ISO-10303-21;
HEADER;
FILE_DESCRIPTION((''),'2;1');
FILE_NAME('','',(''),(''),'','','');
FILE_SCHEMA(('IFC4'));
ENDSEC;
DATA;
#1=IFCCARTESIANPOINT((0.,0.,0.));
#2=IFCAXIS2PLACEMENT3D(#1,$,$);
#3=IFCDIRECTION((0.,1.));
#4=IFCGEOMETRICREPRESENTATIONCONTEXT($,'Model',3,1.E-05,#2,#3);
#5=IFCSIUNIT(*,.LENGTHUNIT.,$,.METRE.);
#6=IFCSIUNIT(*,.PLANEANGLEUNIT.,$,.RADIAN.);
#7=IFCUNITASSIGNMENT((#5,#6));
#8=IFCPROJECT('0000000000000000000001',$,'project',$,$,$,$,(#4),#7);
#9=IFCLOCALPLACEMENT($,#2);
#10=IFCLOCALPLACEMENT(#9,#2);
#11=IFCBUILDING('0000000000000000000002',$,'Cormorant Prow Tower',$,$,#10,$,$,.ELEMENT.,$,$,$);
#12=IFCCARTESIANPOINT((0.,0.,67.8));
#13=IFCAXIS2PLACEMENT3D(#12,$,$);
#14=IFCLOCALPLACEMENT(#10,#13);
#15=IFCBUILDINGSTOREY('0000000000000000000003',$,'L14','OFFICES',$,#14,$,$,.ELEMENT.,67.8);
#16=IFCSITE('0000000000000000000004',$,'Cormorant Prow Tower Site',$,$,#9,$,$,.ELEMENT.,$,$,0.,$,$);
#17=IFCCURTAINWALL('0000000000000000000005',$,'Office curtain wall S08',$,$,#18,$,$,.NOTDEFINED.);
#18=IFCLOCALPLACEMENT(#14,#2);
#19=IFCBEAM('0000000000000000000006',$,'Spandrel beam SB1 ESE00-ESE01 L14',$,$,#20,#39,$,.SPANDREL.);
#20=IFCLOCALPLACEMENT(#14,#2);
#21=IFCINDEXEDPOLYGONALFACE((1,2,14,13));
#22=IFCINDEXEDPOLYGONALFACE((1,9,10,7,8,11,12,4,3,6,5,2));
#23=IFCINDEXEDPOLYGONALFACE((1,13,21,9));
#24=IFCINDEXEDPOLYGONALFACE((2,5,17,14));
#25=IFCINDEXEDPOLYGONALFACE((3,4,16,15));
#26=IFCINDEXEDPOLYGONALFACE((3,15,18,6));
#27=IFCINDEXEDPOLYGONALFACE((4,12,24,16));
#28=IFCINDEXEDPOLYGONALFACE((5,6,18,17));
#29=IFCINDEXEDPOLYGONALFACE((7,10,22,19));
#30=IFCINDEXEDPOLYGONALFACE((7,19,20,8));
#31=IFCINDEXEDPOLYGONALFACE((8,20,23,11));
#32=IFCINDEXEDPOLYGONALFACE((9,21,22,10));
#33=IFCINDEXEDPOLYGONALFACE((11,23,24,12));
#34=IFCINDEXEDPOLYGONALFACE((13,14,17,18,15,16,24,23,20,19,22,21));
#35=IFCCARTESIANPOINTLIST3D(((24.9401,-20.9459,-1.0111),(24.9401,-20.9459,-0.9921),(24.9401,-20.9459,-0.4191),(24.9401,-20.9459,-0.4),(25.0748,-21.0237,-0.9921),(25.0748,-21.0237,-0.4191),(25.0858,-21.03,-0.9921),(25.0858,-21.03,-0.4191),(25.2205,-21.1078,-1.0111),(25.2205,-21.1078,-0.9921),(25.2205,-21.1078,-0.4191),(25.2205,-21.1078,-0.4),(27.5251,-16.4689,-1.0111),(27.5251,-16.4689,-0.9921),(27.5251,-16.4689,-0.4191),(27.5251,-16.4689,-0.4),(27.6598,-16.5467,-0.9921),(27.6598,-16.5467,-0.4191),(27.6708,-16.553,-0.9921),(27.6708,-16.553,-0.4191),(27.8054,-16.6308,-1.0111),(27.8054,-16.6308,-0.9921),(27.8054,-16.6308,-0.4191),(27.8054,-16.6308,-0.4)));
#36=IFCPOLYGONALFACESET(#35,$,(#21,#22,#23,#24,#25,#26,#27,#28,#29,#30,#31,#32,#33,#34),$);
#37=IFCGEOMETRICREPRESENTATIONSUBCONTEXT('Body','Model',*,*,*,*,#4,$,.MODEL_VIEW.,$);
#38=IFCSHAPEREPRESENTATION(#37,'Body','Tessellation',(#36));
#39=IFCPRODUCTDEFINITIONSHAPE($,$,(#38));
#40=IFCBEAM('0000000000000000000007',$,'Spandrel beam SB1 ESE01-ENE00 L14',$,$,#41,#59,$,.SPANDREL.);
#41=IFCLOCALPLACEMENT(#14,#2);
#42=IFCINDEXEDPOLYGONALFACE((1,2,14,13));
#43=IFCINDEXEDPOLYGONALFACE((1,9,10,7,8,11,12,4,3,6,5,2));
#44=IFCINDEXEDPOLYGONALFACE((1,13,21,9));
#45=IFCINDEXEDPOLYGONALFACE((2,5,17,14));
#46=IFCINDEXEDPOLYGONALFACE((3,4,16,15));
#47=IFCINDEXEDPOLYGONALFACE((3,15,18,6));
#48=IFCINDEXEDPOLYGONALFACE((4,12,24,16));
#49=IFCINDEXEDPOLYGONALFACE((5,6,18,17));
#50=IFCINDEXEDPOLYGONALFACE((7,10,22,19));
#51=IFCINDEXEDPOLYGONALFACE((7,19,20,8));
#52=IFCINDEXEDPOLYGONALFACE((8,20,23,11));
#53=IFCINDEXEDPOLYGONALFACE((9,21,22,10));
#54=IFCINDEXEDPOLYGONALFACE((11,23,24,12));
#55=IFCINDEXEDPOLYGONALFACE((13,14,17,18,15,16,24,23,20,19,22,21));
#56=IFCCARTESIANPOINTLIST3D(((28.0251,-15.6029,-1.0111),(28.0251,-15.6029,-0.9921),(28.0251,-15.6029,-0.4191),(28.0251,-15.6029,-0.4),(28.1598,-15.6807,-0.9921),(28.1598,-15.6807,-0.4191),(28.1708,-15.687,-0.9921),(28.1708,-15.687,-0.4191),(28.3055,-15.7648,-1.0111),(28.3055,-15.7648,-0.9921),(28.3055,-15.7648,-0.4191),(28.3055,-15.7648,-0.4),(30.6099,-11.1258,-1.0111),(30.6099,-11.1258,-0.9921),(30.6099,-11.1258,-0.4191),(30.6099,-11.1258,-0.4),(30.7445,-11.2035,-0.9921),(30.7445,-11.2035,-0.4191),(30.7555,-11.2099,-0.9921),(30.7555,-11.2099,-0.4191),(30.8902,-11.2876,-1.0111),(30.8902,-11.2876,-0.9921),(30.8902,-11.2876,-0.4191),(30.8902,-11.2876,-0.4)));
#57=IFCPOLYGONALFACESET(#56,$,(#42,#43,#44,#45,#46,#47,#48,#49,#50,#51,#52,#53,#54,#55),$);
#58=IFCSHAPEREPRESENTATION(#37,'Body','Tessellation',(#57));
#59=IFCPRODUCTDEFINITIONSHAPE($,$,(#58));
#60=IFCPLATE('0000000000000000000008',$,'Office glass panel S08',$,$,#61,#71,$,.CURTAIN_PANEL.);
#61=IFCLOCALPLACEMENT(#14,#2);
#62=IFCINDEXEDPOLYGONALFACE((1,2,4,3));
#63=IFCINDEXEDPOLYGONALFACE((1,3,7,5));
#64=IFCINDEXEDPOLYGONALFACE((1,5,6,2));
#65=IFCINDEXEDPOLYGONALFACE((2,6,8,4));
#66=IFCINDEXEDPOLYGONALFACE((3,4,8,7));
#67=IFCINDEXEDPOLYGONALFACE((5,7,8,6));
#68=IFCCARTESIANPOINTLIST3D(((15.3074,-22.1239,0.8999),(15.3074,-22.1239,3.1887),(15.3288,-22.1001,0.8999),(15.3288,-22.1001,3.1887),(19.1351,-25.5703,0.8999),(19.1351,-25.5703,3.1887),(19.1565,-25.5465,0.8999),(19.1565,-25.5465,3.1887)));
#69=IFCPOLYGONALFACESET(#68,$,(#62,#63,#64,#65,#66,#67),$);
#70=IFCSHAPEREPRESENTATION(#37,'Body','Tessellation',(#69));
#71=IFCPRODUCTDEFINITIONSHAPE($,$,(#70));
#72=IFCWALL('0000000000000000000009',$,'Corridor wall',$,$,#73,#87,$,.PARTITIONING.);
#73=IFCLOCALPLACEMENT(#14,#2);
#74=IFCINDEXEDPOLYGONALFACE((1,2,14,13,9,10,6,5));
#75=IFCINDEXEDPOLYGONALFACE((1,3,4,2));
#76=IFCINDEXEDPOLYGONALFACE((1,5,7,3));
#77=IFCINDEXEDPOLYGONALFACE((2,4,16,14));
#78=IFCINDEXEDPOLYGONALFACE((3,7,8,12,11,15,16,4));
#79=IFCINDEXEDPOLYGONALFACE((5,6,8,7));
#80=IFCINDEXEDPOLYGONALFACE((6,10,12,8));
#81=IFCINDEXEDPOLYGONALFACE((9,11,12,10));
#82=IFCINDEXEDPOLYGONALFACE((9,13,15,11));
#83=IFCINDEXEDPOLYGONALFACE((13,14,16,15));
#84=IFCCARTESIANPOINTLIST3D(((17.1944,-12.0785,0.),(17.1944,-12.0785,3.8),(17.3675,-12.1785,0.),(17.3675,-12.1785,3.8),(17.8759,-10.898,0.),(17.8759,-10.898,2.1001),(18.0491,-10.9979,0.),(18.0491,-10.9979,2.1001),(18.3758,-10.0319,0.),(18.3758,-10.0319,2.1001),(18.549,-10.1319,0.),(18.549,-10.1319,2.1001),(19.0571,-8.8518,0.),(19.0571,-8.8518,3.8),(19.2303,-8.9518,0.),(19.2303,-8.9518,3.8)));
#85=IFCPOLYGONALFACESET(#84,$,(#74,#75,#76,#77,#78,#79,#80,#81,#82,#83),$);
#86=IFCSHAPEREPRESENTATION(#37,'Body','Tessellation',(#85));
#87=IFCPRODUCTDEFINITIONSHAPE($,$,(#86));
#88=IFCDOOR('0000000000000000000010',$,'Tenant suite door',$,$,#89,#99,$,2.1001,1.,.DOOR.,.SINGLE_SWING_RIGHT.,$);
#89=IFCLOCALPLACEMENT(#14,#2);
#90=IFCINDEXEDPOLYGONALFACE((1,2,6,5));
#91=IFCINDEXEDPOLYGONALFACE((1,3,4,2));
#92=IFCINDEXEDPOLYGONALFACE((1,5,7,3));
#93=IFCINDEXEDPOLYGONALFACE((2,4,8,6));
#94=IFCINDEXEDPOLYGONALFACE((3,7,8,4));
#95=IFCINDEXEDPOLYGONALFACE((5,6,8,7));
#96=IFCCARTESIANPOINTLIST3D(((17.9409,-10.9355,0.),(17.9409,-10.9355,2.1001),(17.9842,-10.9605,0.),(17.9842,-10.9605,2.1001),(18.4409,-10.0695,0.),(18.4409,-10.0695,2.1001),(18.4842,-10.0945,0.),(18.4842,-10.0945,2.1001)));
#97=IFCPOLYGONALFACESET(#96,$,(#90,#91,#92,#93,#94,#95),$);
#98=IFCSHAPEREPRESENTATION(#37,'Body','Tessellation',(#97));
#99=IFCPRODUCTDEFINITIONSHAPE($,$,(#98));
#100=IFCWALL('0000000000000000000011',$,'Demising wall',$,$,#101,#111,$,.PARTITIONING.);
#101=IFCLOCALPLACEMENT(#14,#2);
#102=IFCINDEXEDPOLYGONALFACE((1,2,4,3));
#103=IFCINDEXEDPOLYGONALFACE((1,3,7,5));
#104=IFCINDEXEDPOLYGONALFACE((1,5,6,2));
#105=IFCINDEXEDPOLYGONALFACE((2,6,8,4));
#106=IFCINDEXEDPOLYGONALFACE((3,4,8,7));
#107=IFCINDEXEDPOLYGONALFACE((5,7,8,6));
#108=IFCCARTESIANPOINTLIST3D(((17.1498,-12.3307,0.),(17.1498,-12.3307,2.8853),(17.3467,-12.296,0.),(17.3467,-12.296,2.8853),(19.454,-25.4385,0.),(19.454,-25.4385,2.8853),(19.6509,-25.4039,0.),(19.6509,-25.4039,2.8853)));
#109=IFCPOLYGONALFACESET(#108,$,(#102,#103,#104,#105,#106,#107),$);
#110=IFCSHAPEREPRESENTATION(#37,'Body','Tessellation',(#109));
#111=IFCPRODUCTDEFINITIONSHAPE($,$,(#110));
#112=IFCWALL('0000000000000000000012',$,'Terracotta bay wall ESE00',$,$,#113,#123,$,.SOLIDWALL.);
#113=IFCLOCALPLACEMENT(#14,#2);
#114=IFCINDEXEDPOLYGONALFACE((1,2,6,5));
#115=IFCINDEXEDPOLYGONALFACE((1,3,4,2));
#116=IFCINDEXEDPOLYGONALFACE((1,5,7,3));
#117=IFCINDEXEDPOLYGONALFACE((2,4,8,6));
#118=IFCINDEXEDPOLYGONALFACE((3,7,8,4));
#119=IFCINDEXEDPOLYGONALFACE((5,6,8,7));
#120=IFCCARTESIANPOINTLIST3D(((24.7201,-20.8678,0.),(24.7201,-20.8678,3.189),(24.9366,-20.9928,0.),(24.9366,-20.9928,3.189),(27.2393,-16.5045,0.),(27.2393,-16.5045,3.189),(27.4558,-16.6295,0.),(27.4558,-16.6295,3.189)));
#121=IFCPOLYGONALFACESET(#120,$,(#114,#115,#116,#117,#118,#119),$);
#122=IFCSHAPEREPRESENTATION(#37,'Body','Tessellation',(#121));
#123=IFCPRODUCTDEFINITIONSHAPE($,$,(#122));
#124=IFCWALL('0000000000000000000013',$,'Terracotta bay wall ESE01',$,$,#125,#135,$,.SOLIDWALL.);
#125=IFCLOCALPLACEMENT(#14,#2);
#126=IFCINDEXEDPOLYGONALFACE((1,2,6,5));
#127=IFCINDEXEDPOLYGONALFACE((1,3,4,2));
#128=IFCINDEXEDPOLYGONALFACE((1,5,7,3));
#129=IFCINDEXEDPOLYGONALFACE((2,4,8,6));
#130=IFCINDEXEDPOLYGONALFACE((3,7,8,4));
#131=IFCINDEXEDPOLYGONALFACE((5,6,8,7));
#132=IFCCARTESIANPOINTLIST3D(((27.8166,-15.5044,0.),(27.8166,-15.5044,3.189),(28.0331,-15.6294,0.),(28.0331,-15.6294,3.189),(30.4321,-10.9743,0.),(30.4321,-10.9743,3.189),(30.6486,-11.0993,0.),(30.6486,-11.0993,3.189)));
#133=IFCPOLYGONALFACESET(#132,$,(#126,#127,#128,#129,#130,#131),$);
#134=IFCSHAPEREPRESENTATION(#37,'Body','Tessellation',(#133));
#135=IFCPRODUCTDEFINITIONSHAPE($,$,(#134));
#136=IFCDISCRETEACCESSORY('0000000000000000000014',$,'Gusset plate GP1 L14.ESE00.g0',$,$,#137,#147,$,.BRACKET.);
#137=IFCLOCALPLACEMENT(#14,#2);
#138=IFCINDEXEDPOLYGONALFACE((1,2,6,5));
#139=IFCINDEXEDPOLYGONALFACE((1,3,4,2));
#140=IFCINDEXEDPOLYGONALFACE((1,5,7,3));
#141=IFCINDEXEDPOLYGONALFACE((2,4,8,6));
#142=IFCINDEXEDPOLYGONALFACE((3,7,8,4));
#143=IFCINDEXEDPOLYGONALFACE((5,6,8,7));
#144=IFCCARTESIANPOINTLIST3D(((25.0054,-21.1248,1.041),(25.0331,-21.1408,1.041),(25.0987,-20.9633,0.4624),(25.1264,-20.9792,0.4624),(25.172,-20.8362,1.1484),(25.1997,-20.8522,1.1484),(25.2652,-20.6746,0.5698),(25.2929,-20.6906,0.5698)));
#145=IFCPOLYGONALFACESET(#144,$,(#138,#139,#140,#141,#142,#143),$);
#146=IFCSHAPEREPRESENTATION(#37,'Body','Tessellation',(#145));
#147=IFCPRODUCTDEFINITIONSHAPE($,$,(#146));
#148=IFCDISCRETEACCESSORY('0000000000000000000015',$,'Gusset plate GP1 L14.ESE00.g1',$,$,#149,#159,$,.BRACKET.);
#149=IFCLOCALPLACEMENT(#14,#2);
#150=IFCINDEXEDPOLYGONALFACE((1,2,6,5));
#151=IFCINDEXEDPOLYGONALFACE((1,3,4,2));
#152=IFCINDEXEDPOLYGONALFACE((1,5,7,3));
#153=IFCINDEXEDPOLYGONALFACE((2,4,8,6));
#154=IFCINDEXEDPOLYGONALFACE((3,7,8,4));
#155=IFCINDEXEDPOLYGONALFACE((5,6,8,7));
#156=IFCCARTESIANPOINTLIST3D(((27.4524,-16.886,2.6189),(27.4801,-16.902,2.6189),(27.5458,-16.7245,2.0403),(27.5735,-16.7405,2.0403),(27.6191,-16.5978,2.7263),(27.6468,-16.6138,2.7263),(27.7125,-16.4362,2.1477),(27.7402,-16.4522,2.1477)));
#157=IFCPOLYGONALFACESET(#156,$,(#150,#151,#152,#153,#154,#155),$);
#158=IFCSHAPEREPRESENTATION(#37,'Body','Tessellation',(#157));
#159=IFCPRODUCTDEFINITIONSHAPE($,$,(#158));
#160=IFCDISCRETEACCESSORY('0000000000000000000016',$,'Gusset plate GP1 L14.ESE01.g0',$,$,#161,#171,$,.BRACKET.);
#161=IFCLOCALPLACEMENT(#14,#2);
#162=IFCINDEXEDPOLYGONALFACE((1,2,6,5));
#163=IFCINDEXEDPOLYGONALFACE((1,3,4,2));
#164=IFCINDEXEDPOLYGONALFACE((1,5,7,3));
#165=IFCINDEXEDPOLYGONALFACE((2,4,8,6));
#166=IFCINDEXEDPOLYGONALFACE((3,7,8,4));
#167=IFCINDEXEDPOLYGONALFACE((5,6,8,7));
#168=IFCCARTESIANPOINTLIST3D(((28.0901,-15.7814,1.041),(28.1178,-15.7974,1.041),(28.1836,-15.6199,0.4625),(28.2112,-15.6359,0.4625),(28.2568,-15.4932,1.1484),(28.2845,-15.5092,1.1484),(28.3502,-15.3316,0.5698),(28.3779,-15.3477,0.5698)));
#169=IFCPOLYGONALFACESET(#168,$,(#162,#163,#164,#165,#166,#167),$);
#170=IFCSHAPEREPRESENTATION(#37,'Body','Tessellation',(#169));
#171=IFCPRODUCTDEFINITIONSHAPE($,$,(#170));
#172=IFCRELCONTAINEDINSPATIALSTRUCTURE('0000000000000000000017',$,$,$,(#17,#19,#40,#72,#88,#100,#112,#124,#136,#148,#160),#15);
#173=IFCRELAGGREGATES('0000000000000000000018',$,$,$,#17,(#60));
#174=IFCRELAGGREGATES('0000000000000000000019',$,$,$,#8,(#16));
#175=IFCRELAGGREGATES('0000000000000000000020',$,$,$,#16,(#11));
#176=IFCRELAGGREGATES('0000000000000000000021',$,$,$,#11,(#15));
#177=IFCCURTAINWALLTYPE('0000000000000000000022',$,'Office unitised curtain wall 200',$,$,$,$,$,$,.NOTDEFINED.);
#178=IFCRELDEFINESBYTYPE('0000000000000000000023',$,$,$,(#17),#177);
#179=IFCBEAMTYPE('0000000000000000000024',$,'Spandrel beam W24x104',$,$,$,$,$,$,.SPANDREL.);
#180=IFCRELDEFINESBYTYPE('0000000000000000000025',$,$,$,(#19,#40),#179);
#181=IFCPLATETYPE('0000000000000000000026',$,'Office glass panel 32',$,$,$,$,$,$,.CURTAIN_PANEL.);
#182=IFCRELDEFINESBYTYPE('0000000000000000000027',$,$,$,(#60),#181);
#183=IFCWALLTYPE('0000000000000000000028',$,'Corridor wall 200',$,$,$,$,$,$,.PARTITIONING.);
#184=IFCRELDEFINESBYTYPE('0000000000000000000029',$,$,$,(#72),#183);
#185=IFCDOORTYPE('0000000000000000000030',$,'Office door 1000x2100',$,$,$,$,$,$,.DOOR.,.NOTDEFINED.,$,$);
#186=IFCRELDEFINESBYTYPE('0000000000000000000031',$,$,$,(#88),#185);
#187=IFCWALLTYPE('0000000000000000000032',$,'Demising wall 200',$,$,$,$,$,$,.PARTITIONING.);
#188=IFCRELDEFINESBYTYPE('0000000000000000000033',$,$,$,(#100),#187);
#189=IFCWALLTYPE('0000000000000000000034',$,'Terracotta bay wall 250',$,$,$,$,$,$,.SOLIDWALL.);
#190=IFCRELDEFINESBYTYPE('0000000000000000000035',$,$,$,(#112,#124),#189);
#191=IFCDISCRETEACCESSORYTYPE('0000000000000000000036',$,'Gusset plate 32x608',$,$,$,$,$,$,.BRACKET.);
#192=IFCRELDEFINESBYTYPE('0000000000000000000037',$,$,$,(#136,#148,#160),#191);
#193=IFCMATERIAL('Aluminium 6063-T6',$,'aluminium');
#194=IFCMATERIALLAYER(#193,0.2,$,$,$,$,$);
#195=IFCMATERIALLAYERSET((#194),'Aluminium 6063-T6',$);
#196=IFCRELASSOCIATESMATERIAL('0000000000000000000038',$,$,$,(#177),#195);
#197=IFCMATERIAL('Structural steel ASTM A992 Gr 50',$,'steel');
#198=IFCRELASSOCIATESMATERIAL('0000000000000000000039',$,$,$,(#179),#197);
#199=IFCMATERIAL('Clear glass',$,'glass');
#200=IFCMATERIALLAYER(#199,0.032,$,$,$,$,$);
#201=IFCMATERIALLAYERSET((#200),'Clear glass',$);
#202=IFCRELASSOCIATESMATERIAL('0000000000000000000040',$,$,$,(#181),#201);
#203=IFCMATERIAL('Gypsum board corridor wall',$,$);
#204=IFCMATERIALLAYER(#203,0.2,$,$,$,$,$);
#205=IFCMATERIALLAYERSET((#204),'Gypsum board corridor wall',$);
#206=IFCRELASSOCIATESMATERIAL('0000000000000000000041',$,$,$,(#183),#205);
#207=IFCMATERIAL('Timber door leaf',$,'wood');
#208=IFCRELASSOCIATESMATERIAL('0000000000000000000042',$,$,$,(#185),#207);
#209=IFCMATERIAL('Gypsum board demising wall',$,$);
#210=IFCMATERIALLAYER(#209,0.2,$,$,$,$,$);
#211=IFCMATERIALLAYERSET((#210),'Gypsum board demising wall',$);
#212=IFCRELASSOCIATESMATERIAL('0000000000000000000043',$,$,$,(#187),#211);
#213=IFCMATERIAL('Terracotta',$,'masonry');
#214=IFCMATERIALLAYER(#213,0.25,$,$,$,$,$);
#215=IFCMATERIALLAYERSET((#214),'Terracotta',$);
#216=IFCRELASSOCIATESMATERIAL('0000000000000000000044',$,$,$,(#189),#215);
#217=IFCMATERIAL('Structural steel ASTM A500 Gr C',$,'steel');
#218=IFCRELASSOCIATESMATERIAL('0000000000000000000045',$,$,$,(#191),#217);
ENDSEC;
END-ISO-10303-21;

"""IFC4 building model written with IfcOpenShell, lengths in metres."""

from ifc_helpers import new_model, si_unit, direction, frame, frame_2d, origin, origin_2d, place, context, subcontext, project, spatial, rectangle, i_section, extrude, material, layer, layer_set, material_profile, profile_set, type_object, element, fill, aggregate, save


model = new_model("IFC4")

# Units and contexts
model_context = context("Model", 3, precision=1e-05, world=origin(), true_north=direction((0.0, 1.0)))
body_context = subcontext(model_context, "Body", "Model", "MODEL_VIEW")
ifc_project = project(units=[si_unit("LENGTHUNIT", "METRE"), si_unit("PLANEANGLEUNIT", "RADIAN")], contexts=[model_context])

# Site, building, storey
site_placement = place(None, origin())
site = spatial("IfcSite", under=ifc_project, at=site_placement, Name="Cormorant Prow Tower Site", CompositionType="ELEMENT", RefElevation=0.0)
building_placement = place(site_placement, origin())
building = spatial("IfcBuilding", under=site, at=building_placement, Name="Cormorant Prow Tower", CompositionType="ELEMENT")
storey_placement = place(building_placement, frame((0.0, 0.0, 67.8)))
storey = spatial("IfcBuildingStorey", under=building, at=storey_placement, Name="L14", Description="OFFICES", CompositionType="ELEMENT", Elevation=67.8)

# Curtain wall
ifc_material_1 = material(Name="Aluminium 6063-T6", Category="aluminium")
ifc_layer_1 = layer(ifc_material_1, 0.2)
ifc_layer_set_1 = layer_set([ifc_layer_1], Name="Aluminium 6063-T6")
curtain_wall_type = type_object("IfcCurtainWallType", Name="Office unitised curtain wall 200", PredefinedType="NOTDEFINED", material=ifc_layer_set_1)
curtain_wall_placement = place(storey_placement, origin())
curtain_wall = element("IfcCurtainWall", 1, at=curtain_wall_placement, inside=storey, type_object=curtain_wall_type, Name="Office curtain wall S08", PredefinedType="NOTDEFINED")

# Beams
ifc_material_2 = material(Name="Structural steel ASTM A992 Gr 50", Category="steel")
ifc_material_profile_1 = material_profile(ifc_material_2, i_section(OverallWidth=0.3237, OverallDepth=0.6111, WebThickness=0.0127, FlangeThickness=0.019, at=origin_2d()), Name="W24x104")
ifc_profile_set_1 = profile_set([ifc_material_profile_1], Name="Structural steel ASTM A992 Gr 50")
beam_type_1 = type_object("IfcBeamType", Name="Spandrel beam W24x104", PredefinedType="SPANDREL", material=ifc_profile_set_1)
for number, where, z_axis, x_axis, name in (
    (2, (25.0803, -21.0269, -0.7056), (0.50002, 0.866014, 0.0), (-0.866014, 0.50002, 0.0), "Spandrel beam SB1 ESE00-ESE01 L14"),
    (3, (28.1653, -15.6838, -0.7056), (0.499984, 0.866035, 0.0), (-0.866035, 0.499984, 0.0), "Spandrel beam SB1 ESE01-ENE00 L14"),
):
    element("IfcBeam", number, at=place(storey_placement, frame(where, z_axis=z_axis, x_axis=x_axis)), inside=storey, type_object=beam_type_1, Name=name, PredefinedType="SPANDREL", context=body_context, shape_type="SweptSolid", body=[
        extrude(i_section(OverallWidth=0.3237, OverallDepth=0.6111, WebThickness=0.0127, FlangeThickness=0.019, at=origin_2d()), origin(), (0.0, 0.0, 1.0), 5.1697),
    ])

# Plate
ifc_material_3 = material(Name="Clear glass", Category="glass")
ifc_layer_2 = layer(ifc_material_3, 0.032)
ifc_layer_set_2 = layer_set([ifc_layer_2], Name="Clear glass")
plate_type = type_object("IfcPlateType", Name="Office glass panel 32", PredefinedType="CURTAIN_PANEL", material=ifc_layer_set_2)
plate_placement = place(storey_placement, frame((17.2319, -23.8352, 0.8999), z_axis=(0.0, 0.0, 1.0), x_axis=(0.743145, -0.669131, 0.0)))
plate = element("IfcPlate", 4, at=plate_placement, type_object=plate_type, Name="Office glass panel S08", PredefinedType="CURTAIN_PANEL", context=body_context, shape_type="SweptSolid", body=[
    extrude(rectangle(XDim=5.1506, YDim=0.032, at=origin_2d()), origin(), (0.0, 0.0, 1.0), 2.2888),
])
aggregate(curtain_wall, [plate])

# Wall, opening, door
ifc_material_4 = material(Name="Gypsum board corridor wall")
ifc_layer_3 = layer(ifc_material_4, 0.2)
ifc_layer_set_3 = layer_set([ifc_layer_3], Name="Gypsum board corridor wall")
wall_type_1 = type_object("IfcWallType", Name="Corridor wall 200", PredefinedType="PARTITIONING", material=ifc_layer_set_3)
wall_1_placement = place(storey_placement, frame((17.281, -12.1284, 0.0), z_axis=(0.0, 0.0, 1.0), x_axis=(0.499959, 0.866049, 0.0)))
wall_1 = element("IfcWall", 5, at=wall_1_placement, inside=storey, type_object=wall_type_1, Name="Corridor wall", PredefinedType="PARTITIONING", context=body_context, shape_type="SweptSolid", body=[
    extrude(rectangle(XDim=3.7258, YDim=0.2, at=frame_2d((1.8628, 0.0))), origin(), (0.0, 0.0, 1.0), 3.8),
])
opening_1_placement = place(wall_1_placement, frame((1.363, 0.0, 0.0)))
opening_1 = element("IfcOpeningElement", 6, at=opening_1_placement, cuts=wall_1, PredefinedType="OPENING", context=body_context, shape_type="SweptSolid", body=[
    extrude(rectangle(XDim=1.0, YDim=2.1001, at=frame_2d((0.5, 1.05))), frame((0.0, 0.1099, 0.0), z_axis=(0.0, -1.0, 0.0), x_axis=(1.0, 0.0, 0.0)), (0.0, 0.0, 1.0), 0.22),
])
ifc_material_5 = material(Name="Timber door leaf", Category="wood")
door_type_1 = type_object("IfcDoorType", Name="Office door 1000x2100", OperationType="NOTDEFINED", PredefinedType="DOOR", material=ifc_material_5)
door_1_placement = place(opening_1_placement, origin())
door_1 = element("IfcDoor", 7, at=door_1_placement, inside=storey, type_object=door_type_1, Name="Tenant suite door", OperationType="SINGLE_SWING_RIGHT", OverallHeight=2.1001, OverallWidth=1.0, PredefinedType="DOOR", context=body_context, shape_type="SweptSolid", body=[
    extrude(rectangle(XDim=1.0, YDim=2.1001, at=frame_2d((0.5, 1.05))), frame((0.0, 0.0249, 0.0), z_axis=(0.0, -1.0, 0.0), x_axis=(1.0, 0.0, 0.0)), (0.0, 0.0, 1.0), 0.05),
])
fill(opening_1, door_1)

# Walls
ifc_material_6 = material(Name="Gypsum board demising wall")
ifc_layer_4 = layer(ifc_material_6, 0.2)
ifc_layer_set_4 = layer_set([ifc_layer_4], Name="Gypsum board demising wall")
wall_type_2 = type_object("IfcWallType", Name="Demising wall 200", PredefinedType="PARTITIONING", material=ifc_layer_set_4)
wall_2_placement = place(storey_placement, frame((17.2483, -12.3135, 0.0), z_axis=(0.0, 0.0, 1.0), x_axis=(0.173132, -0.984899, 0.0)))
element("IfcWall", 8, at=wall_2_placement, inside=storey, type_object=wall_type_2, Name="Demising wall", PredefinedType="PARTITIONING", context=body_context, shape_type="SweptSolid", body=[
    extrude(rectangle(XDim=13.3088, YDim=0.2, at=frame_2d((6.6543, 0.0))), origin(), (0.0, 0.0, 1.0), 2.8853),
])
ifc_material_7 = material(Name="Terracotta", Category="masonry")
ifc_layer_5 = layer(ifc_material_7, 0.25)
ifc_layer_set_5 = layer_set([ifc_layer_5], Name="Terracotta")
wall_type_3 = type_object("IfcWallType", Name="Terracotta bay wall 250", PredefinedType="SOLIDWALL", material=ifc_layer_set_5)
wall_3_placement = place(storey_placement, frame((24.8284, -20.9302, 0.0), z_axis=(0.0, 0.0, 1.0), x_axis=(0.500022, 0.866013, 0.0)))
element("IfcWall", 9, at=wall_3_placement, inside=storey, type_object=wall_type_3, Name="Terracotta bay wall ESE00", PredefinedType="SOLIDWALL", context=body_context, shape_type="SweptSolid", body=[
    extrude(rectangle(XDim=5.0383, YDim=0.25, at=frame_2d((2.519, 0.0))), origin(), (0.0, 0.0, 1.0), 3.189),
])
wall_4_placement = place(storey_placement, frame((27.9248, -15.5669, 0.0), z_axis=(0.0, 0.0, 1.0), x_axis=(0.500009, 0.86602, 0.0)))
element("IfcWall", 10, at=wall_4_placement, inside=storey, type_object=wall_type_3, Name="Terracotta bay wall ESE01", PredefinedType="SOLIDWALL", context=body_context, shape_type="SweptSolid", body=[
    extrude(rectangle(XDim=5.231, YDim=0.25, at=frame_2d((2.6155, 0.0))), origin(), (0.0, 0.0, 1.0), 3.189),
])

# Discrete accessories
ifc_material_8 = material(Name="Structural steel ASTM A500 Gr C", Category="steel")
ifc_material_profile_2 = material_profile(ifc_material_8, rectangle(XDim=0.032, YDim=0.6079, at=origin_2d()), Name="Gusset plate 32x608")
ifc_profile_set_2 = profile_set([ifc_material_profile_2], Name="Structural steel ASTM A500 Gr C")
discrete_accessory_type = type_object("IfcDiscreteAccessoryType", Name="Gusset plate 32x608", PredefinedType="BRACKET", material=ifc_profile_set_2)
discrete_accessory_placement = place(storey_placement, frame((25.2324, -20.7634, 0.8591), z_axis=(-0.475652, -0.82437, -0.306872), x_axis=(0.866161, -0.499765, 0.0)))
element("IfcDiscreteAccessory", 11, at=discrete_accessory_placement, inside=storey, type_object=discrete_accessory_type, Name="Gusset plate GP1 L14.ESE00.g0", PredefinedType="BRACKET", context=body_context, shape_type="SweptSolid", body=[
    extrude(rectangle(XDim=0.032, YDim=0.6079, at=origin_2d()), origin(), (0.0, 0.0, 1.0), 0.3501),
])
for number, where, z_axis, x_axis, name in (
    (12, (27.5129, -16.8132, 2.3296), (0.476465, 0.823872, 0.306946), (-0.86566, 0.500632, 0.0), "Gusset plate GP1 L14.ESE00.g1"),
    (13, (28.3174, -15.4204, 0.8591), (-0.476465, -0.823872, -0.306946), (0.86566, -0.500632, 0.0), "Gusset plate GP1 L14.ESE01.g0"),
):
    element("IfcDiscreteAccessory", number, at=place(storey_placement, frame(where, z_axis=z_axis, x_axis=x_axis)), inside=storey, type_object=discrete_accessory_type, Name=name, PredefinedType="BRACKET", context=body_context, shape_type="SweptSolid", body=[
        extrude(rectangle(XDim=0.032, YDim=0.6079, at=origin_2d()), origin(), (0.0, 0.0, 1.0), 0.3499),
    ])

save(model, "model.ifc")
